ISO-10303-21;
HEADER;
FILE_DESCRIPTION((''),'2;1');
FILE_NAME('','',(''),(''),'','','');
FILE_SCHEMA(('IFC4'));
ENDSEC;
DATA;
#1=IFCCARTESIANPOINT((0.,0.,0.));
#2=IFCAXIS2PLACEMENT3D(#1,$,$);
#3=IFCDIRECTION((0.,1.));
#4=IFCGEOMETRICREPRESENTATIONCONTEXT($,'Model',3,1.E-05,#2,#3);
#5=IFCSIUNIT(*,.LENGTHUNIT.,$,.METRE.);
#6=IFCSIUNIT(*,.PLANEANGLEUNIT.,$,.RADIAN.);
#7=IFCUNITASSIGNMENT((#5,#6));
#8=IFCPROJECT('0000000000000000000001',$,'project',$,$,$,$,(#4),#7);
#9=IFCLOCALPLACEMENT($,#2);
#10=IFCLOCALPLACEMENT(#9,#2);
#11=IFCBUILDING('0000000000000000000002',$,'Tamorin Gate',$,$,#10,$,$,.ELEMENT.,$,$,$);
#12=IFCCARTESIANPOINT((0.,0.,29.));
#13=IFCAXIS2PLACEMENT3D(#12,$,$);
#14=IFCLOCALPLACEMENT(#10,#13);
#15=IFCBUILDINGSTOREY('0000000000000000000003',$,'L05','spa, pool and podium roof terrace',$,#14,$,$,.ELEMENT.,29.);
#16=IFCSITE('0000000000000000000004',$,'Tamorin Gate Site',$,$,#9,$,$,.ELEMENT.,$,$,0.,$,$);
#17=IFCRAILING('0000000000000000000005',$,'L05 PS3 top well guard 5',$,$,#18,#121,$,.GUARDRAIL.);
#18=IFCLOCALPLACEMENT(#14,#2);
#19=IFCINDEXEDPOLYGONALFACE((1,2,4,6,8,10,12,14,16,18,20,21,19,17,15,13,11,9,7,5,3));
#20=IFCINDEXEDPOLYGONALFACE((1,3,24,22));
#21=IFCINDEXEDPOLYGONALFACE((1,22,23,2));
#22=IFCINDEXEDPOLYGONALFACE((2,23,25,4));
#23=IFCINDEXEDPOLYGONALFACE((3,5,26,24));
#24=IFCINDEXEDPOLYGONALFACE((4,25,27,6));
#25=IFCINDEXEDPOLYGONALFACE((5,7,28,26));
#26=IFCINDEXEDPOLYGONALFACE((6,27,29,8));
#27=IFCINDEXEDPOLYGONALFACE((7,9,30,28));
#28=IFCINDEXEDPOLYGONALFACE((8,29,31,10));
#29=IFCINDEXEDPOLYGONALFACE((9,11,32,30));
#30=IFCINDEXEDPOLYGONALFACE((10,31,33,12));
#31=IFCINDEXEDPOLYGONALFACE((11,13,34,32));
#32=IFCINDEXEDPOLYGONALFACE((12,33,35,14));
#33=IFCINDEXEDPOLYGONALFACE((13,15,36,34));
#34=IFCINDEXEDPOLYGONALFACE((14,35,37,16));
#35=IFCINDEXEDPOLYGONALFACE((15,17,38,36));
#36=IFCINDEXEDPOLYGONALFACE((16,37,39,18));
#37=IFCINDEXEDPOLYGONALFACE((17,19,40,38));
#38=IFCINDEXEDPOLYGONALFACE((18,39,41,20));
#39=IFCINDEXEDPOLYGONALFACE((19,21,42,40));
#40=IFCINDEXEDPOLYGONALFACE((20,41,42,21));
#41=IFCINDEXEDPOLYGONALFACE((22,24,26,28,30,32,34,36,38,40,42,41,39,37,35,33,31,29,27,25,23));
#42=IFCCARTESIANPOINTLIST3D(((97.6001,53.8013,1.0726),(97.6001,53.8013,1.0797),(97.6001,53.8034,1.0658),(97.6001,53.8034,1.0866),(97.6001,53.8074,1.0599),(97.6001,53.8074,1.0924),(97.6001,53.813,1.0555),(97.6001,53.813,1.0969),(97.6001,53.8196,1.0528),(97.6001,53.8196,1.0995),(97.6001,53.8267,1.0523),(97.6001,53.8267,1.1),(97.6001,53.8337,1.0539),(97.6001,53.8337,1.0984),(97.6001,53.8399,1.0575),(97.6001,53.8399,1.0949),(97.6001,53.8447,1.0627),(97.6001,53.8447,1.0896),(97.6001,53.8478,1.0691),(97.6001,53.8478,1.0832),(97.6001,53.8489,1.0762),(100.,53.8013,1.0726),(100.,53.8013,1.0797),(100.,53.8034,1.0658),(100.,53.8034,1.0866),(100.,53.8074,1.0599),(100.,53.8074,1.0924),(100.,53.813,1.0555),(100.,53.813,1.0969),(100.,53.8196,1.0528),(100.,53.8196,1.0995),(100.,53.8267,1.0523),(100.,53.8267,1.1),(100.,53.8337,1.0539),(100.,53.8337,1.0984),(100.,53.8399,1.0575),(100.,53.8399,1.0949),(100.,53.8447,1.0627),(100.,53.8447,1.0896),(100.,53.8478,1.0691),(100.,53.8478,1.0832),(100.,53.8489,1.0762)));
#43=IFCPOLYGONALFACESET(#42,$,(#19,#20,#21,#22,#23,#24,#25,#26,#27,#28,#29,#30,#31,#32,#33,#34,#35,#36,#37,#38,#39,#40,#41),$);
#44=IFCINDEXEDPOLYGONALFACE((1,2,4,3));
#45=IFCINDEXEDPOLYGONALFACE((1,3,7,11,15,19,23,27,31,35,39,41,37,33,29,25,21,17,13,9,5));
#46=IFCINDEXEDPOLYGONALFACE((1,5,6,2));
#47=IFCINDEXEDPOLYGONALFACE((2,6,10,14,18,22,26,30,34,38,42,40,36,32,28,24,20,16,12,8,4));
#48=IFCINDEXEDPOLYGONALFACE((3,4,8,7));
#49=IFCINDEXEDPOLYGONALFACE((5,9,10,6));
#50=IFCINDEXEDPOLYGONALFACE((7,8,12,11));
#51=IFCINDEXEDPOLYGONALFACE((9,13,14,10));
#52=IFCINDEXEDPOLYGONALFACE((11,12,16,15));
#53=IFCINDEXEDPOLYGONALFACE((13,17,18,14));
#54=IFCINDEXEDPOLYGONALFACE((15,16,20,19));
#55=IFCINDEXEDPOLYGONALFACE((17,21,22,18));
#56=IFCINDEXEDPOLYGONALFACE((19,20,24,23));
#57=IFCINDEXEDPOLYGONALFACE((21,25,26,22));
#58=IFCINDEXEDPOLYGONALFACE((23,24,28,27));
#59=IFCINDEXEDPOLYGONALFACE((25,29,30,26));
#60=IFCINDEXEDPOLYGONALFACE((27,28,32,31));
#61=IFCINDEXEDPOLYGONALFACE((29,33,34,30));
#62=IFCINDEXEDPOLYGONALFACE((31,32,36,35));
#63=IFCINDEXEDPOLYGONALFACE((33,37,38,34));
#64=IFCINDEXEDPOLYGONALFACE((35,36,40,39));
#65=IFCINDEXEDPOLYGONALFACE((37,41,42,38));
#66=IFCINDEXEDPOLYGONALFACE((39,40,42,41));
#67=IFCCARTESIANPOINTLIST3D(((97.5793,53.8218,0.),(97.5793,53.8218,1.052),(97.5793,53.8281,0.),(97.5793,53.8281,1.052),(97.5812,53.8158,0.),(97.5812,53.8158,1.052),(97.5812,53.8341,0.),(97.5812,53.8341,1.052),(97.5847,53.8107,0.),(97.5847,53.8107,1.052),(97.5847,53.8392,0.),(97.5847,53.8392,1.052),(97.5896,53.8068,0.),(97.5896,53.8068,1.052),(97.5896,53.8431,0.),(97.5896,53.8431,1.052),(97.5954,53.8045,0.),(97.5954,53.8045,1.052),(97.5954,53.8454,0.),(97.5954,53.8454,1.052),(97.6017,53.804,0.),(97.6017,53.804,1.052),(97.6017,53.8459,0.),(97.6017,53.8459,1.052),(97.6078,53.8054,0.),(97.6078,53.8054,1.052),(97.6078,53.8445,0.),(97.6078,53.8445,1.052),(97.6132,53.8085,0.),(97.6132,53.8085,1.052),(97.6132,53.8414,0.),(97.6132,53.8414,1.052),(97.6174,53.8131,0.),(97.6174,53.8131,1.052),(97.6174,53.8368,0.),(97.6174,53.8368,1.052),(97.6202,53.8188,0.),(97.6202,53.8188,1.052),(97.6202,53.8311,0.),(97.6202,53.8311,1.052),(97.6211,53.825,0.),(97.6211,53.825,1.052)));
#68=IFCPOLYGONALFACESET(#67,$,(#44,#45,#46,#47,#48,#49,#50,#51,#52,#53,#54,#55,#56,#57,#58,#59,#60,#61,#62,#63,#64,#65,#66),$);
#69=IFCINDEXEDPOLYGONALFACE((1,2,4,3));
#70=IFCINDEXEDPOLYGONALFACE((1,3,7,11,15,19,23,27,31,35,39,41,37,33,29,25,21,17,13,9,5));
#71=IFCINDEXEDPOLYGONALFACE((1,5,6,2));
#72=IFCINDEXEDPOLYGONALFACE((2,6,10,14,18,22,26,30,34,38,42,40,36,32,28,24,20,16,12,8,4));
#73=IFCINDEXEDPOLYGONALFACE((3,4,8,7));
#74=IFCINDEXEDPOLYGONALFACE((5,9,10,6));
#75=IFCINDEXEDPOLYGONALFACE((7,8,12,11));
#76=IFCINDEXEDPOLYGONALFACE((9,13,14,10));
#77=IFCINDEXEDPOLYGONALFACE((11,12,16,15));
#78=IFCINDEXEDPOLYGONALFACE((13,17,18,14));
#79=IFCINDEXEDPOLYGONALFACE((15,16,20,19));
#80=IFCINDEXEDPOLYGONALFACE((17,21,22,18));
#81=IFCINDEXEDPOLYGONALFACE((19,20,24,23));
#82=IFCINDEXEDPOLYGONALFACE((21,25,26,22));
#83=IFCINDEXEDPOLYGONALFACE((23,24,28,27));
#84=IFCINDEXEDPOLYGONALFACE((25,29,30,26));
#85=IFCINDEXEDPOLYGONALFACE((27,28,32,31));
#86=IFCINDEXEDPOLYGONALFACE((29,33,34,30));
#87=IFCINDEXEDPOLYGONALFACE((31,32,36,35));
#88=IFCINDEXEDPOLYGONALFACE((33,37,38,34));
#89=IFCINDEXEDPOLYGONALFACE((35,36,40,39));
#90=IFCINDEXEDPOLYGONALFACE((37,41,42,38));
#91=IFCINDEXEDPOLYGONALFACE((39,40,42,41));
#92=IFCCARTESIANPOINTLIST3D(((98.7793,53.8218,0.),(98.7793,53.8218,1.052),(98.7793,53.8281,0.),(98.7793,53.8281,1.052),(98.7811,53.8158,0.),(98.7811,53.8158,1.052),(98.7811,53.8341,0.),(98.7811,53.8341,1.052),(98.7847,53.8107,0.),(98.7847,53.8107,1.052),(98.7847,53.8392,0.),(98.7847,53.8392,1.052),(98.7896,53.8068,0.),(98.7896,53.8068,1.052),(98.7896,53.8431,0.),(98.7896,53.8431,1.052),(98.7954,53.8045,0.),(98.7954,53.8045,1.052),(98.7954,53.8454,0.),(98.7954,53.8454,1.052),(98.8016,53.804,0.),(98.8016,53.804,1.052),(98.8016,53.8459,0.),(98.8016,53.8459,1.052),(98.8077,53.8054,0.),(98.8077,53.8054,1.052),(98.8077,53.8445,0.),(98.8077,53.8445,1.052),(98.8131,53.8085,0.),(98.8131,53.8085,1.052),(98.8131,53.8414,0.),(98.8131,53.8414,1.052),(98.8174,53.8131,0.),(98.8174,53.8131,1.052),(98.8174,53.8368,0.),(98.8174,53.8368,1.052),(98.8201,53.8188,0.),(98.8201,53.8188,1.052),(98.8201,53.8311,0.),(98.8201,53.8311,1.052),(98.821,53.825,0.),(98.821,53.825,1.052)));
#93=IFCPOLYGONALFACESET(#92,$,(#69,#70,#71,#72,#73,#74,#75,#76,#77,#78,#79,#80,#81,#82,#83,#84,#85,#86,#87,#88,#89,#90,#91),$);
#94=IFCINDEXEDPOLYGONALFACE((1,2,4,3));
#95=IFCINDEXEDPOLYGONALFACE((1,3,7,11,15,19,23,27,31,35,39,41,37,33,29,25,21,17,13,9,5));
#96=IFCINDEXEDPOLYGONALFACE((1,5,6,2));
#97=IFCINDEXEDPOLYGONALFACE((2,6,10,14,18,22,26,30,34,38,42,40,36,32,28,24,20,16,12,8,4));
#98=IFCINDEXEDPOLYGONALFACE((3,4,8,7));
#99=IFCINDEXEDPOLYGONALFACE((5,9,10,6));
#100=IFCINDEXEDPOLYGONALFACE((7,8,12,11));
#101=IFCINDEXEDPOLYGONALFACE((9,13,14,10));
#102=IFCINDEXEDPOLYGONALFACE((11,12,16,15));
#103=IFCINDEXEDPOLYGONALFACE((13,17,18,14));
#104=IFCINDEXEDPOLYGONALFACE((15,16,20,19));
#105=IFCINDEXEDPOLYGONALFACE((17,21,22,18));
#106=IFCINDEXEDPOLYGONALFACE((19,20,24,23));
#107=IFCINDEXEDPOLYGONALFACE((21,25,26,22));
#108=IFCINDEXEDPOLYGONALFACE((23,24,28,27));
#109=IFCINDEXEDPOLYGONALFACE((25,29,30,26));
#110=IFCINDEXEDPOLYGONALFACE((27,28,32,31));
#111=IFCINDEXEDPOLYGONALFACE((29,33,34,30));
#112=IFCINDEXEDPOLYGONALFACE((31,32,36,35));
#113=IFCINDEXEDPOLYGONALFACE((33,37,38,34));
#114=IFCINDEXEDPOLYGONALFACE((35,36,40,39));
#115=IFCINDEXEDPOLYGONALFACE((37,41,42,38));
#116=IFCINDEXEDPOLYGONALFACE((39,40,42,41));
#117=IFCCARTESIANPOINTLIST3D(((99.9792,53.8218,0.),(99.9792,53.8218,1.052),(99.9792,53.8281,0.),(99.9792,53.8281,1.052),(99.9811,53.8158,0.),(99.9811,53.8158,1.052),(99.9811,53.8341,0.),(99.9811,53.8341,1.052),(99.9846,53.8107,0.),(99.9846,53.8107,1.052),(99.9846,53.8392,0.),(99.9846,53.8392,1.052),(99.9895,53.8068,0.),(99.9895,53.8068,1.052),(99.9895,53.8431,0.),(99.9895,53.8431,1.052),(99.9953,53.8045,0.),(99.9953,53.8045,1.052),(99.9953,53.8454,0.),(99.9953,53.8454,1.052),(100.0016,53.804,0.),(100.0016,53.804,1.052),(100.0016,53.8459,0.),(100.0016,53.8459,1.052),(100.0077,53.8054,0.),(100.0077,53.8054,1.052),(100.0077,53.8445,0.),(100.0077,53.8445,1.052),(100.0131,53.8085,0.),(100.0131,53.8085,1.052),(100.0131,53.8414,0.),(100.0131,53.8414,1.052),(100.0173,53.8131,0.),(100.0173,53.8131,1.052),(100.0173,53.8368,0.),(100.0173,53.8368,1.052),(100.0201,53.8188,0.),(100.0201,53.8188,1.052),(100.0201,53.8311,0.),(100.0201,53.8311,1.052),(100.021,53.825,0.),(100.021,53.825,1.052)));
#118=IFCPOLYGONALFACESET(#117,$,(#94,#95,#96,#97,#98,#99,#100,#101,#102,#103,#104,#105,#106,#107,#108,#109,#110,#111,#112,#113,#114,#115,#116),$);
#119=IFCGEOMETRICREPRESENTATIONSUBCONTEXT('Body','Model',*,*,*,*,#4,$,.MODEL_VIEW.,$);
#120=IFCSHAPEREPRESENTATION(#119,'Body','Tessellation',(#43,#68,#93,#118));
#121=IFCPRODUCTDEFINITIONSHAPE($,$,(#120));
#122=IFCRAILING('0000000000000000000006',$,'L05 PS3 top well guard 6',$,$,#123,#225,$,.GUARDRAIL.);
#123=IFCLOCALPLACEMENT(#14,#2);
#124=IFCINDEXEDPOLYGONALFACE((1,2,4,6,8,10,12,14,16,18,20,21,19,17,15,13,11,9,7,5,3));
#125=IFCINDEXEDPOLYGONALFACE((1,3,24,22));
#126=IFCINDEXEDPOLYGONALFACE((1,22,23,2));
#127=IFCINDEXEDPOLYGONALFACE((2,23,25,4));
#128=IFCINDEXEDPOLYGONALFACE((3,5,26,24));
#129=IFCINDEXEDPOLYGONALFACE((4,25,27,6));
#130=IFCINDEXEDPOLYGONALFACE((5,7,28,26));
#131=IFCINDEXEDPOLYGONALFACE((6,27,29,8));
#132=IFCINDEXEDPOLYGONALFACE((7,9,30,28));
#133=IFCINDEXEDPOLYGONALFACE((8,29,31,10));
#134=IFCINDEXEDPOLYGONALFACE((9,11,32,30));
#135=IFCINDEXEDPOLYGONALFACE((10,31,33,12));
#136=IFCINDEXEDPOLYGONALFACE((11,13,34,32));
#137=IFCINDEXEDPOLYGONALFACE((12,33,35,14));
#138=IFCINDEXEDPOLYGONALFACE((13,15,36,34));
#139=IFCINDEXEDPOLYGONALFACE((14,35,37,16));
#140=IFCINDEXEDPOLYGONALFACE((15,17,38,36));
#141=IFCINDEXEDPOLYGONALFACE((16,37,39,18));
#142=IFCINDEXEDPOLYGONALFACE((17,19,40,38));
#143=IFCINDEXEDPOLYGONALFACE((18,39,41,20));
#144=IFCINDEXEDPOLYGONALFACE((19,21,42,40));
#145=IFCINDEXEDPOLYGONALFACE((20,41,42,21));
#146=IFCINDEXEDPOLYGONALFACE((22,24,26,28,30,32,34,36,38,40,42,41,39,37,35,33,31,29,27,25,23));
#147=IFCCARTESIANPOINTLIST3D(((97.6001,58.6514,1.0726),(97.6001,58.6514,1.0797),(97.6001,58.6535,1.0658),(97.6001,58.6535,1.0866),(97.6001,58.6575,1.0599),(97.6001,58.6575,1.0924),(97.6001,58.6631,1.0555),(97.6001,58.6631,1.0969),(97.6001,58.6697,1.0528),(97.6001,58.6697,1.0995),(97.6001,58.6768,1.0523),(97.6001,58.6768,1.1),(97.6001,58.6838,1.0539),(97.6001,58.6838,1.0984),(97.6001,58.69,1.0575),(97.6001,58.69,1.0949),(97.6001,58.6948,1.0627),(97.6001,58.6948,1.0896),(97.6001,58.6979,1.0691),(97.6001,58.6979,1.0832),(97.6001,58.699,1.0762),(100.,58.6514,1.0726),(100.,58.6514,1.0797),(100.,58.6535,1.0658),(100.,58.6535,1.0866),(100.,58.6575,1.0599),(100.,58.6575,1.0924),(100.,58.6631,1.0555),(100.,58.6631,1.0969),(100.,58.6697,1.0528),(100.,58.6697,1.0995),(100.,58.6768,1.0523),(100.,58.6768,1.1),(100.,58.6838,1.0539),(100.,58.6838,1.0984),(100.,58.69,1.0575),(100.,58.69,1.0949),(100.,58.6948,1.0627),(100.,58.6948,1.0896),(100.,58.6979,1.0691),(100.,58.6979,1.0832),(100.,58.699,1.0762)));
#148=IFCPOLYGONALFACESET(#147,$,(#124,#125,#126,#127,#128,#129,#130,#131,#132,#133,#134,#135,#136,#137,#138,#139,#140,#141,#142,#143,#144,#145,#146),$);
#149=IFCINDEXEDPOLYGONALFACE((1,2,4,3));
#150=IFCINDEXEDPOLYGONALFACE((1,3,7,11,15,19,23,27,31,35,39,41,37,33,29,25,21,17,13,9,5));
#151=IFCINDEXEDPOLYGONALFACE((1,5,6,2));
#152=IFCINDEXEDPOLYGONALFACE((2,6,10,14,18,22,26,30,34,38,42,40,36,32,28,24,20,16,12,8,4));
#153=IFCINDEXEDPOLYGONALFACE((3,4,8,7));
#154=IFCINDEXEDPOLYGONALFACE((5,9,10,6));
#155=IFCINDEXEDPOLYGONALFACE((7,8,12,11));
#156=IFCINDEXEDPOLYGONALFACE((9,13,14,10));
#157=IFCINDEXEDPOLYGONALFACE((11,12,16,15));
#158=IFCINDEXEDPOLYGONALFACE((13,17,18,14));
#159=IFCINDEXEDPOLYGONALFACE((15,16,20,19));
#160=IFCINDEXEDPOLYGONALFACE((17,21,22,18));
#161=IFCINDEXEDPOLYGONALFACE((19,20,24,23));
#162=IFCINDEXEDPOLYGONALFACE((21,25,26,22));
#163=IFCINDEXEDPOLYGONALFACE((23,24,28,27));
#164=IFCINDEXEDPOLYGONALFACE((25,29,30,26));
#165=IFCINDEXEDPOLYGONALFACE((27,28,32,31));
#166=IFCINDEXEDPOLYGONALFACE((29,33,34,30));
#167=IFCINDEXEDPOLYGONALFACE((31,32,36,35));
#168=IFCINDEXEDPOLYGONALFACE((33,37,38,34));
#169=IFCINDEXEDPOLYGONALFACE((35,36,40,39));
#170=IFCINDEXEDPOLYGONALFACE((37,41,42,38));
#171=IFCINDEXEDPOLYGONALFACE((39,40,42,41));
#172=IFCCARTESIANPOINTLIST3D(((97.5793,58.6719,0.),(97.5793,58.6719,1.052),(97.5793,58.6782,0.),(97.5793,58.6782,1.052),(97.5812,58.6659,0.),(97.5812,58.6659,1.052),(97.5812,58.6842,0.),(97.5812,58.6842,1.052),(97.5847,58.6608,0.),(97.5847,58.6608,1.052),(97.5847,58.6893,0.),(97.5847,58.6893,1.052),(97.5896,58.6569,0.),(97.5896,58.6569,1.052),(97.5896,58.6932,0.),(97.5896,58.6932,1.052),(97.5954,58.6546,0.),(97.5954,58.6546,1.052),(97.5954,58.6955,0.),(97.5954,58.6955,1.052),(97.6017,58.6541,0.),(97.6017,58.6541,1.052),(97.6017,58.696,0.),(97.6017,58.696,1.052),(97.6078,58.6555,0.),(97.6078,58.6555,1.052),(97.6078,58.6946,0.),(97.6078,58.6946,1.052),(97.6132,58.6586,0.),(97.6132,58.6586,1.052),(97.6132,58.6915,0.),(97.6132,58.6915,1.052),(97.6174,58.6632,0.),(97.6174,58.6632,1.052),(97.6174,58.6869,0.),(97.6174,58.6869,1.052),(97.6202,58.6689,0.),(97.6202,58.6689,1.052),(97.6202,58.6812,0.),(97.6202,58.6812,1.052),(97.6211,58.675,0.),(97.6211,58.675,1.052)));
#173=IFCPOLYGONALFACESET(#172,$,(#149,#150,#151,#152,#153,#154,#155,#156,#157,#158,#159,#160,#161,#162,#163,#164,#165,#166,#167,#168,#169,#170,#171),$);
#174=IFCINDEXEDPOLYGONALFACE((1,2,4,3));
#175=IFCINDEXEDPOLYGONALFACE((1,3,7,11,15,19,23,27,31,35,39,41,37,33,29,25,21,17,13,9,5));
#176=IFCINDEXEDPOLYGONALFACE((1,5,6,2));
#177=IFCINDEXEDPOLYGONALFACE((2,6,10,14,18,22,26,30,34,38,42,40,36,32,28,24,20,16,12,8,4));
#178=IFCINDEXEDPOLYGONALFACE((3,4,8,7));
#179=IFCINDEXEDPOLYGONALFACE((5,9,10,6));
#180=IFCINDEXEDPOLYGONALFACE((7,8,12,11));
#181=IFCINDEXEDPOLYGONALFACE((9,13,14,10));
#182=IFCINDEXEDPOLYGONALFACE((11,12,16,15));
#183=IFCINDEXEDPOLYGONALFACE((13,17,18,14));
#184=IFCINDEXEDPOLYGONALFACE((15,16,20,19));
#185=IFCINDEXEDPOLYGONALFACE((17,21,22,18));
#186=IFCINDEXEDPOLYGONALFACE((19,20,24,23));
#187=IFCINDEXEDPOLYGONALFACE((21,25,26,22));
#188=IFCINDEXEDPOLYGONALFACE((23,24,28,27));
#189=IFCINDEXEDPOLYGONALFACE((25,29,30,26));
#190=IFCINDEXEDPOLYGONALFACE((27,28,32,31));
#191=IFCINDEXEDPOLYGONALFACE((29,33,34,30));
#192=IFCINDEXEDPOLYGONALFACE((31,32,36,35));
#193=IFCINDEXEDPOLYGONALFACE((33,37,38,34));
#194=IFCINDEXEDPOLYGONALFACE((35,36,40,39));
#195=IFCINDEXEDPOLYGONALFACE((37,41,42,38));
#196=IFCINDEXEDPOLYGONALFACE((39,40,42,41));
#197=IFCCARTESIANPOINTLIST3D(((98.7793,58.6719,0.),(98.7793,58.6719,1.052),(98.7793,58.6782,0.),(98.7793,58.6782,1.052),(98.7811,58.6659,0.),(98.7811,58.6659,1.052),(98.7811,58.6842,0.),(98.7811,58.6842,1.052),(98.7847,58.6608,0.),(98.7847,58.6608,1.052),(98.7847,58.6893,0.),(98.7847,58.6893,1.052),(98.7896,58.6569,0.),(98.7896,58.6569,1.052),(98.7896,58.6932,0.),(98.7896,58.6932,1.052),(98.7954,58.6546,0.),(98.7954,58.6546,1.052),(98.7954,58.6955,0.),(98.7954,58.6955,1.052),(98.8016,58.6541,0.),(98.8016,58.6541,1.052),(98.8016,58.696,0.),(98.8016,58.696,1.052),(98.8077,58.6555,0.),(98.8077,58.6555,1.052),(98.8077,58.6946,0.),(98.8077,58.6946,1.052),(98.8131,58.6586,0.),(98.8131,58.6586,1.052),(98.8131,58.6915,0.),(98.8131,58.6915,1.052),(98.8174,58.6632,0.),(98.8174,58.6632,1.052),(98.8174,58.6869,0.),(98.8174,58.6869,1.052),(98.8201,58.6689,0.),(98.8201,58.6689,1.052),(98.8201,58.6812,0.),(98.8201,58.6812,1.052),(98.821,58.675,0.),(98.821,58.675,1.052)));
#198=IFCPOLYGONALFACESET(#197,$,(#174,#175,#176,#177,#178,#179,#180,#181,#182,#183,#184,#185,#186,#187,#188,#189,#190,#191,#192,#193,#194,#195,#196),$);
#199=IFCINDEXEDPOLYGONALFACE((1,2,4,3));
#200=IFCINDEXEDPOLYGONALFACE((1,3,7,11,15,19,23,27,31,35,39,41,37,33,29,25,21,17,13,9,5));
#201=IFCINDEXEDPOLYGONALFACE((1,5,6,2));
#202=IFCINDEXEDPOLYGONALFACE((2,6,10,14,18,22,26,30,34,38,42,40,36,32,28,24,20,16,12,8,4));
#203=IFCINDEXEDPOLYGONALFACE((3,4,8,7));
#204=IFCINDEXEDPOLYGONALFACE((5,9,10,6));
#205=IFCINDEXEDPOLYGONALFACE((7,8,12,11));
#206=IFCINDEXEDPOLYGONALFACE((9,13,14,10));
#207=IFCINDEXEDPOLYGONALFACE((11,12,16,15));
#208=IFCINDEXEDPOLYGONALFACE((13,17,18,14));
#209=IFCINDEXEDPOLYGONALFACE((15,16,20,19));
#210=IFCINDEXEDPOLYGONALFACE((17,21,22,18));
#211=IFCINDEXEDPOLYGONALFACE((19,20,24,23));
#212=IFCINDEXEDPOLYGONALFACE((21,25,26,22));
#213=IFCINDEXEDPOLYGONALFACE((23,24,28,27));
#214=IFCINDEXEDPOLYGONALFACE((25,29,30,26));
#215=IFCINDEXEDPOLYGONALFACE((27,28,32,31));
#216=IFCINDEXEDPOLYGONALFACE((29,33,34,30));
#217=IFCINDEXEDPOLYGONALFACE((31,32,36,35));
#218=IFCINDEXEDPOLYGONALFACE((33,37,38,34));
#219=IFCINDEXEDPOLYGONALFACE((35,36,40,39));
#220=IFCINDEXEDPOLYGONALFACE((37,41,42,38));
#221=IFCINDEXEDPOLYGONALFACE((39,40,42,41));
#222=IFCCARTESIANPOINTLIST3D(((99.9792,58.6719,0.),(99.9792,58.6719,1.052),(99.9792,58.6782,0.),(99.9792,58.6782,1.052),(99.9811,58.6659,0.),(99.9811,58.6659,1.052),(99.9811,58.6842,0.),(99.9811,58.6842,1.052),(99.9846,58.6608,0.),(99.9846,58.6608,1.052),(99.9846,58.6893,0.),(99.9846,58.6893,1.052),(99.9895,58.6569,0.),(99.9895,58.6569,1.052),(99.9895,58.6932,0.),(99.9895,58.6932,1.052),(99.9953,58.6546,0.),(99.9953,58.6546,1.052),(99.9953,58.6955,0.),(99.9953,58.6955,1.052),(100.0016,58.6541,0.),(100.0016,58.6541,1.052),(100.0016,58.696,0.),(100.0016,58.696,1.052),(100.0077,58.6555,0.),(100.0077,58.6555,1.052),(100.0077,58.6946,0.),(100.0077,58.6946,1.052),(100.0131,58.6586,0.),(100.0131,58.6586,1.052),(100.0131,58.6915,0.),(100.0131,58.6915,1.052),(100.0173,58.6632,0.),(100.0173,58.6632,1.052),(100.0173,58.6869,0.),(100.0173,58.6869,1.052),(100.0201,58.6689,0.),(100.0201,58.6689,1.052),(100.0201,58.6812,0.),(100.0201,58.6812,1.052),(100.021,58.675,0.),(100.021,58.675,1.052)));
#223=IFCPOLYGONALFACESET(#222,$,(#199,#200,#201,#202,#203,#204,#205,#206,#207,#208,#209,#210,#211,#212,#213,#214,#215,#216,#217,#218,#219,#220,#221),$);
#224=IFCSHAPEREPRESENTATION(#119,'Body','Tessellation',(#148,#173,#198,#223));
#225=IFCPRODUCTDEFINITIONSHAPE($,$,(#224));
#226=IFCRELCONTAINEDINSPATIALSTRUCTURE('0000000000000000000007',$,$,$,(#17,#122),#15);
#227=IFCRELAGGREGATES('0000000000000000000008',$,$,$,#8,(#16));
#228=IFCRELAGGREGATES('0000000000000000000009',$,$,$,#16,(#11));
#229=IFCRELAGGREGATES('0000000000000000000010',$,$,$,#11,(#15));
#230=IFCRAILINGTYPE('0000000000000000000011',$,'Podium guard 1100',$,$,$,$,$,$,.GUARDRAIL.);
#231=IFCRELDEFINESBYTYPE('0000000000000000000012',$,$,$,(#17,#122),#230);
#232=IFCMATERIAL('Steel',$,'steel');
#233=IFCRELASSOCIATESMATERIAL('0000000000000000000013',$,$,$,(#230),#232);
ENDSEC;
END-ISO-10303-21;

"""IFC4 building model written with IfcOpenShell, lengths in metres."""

from ifc_helpers import new_model, si_unit, direction, frame, origin, origin_2d, place, context, subcontext, project, spatial, circle, extrude, material, type_object, element, save


model = new_model("IFC4")

# Units and contexts
model_context = context("Model", 3, precision=1e-05, world=origin(), true_north=direction((0.0, 1.0)))
body_context = subcontext(model_context, "Body", "Model", "MODEL_VIEW")
ifc_project = project(units=[si_unit("LENGTHUNIT", "METRE"), si_unit("PLANEANGLEUNIT", "RADIAN")], contexts=[model_context])

# Site, building, storey
site_placement = place(None, origin())
site = spatial("IfcSite", under=ifc_project, at=site_placement, Name="Tamorin Gate Site", CompositionType="ELEMENT", RefElevation=0.0)
building_placement = place(site_placement, origin())
building = spatial("IfcBuilding", under=site, at=building_placement, Name="Tamorin Gate", CompositionType="ELEMENT")
storey_placement = place(building_placement, frame((0.0, 0.0, 29.0)))
storey = spatial("IfcBuildingStorey", under=building, at=storey_placement, Name="L05", Description="spa, pool and podium roof terrace", CompositionType="ELEMENT", Elevation=29.0)

# Railings
ifc_material_1 = material(Name="Steel", Category="steel")
railing_type = type_object("IfcRailingType", Name="Podium guard 1100", PredefinedType="GUARDRAIL", material=ifc_material_1)
for number, where, name in (
    (1, (97.6001, 53.825, 0.0), "L05 PS3 top well guard 5"),
    (2, (97.6001, 58.675, 0.0), "L05 PS3 top well guard 6"),
):
    element("IfcRailing", number, at=place(storey_placement, frame(where)), inside=storey, type_object=railing_type, Name=name, PredefinedType="GUARDRAIL", context=body_context, shape_type="SweptSolid", body=[
        extrude(circle(Radius=0.0239, at=origin_2d()), frame((0.0, 0.0, 1.0762), z_axis=(1.0, 0.0, 0.0), x_axis=(0.0, 1.0, 0.0)), (0.0, 0.0, 1.0), 2.3999),
        extrude(circle(Radius=0.021, at=origin_2d()), origin(), (0.0, 0.0, 1.0), 1.052),
        extrude(circle(Radius=0.021, at=origin_2d()), frame((1.2, 0.0, 0.0)), (0.0, 0.0, 1.0), 1.052),
        extrude(circle(Radius=0.021, at=origin_2d()), frame((2.3999, 0.0, 0.0)), (0.0, 0.0, 1.0), 1.052),
    ])

save(model, "model.ifc")
